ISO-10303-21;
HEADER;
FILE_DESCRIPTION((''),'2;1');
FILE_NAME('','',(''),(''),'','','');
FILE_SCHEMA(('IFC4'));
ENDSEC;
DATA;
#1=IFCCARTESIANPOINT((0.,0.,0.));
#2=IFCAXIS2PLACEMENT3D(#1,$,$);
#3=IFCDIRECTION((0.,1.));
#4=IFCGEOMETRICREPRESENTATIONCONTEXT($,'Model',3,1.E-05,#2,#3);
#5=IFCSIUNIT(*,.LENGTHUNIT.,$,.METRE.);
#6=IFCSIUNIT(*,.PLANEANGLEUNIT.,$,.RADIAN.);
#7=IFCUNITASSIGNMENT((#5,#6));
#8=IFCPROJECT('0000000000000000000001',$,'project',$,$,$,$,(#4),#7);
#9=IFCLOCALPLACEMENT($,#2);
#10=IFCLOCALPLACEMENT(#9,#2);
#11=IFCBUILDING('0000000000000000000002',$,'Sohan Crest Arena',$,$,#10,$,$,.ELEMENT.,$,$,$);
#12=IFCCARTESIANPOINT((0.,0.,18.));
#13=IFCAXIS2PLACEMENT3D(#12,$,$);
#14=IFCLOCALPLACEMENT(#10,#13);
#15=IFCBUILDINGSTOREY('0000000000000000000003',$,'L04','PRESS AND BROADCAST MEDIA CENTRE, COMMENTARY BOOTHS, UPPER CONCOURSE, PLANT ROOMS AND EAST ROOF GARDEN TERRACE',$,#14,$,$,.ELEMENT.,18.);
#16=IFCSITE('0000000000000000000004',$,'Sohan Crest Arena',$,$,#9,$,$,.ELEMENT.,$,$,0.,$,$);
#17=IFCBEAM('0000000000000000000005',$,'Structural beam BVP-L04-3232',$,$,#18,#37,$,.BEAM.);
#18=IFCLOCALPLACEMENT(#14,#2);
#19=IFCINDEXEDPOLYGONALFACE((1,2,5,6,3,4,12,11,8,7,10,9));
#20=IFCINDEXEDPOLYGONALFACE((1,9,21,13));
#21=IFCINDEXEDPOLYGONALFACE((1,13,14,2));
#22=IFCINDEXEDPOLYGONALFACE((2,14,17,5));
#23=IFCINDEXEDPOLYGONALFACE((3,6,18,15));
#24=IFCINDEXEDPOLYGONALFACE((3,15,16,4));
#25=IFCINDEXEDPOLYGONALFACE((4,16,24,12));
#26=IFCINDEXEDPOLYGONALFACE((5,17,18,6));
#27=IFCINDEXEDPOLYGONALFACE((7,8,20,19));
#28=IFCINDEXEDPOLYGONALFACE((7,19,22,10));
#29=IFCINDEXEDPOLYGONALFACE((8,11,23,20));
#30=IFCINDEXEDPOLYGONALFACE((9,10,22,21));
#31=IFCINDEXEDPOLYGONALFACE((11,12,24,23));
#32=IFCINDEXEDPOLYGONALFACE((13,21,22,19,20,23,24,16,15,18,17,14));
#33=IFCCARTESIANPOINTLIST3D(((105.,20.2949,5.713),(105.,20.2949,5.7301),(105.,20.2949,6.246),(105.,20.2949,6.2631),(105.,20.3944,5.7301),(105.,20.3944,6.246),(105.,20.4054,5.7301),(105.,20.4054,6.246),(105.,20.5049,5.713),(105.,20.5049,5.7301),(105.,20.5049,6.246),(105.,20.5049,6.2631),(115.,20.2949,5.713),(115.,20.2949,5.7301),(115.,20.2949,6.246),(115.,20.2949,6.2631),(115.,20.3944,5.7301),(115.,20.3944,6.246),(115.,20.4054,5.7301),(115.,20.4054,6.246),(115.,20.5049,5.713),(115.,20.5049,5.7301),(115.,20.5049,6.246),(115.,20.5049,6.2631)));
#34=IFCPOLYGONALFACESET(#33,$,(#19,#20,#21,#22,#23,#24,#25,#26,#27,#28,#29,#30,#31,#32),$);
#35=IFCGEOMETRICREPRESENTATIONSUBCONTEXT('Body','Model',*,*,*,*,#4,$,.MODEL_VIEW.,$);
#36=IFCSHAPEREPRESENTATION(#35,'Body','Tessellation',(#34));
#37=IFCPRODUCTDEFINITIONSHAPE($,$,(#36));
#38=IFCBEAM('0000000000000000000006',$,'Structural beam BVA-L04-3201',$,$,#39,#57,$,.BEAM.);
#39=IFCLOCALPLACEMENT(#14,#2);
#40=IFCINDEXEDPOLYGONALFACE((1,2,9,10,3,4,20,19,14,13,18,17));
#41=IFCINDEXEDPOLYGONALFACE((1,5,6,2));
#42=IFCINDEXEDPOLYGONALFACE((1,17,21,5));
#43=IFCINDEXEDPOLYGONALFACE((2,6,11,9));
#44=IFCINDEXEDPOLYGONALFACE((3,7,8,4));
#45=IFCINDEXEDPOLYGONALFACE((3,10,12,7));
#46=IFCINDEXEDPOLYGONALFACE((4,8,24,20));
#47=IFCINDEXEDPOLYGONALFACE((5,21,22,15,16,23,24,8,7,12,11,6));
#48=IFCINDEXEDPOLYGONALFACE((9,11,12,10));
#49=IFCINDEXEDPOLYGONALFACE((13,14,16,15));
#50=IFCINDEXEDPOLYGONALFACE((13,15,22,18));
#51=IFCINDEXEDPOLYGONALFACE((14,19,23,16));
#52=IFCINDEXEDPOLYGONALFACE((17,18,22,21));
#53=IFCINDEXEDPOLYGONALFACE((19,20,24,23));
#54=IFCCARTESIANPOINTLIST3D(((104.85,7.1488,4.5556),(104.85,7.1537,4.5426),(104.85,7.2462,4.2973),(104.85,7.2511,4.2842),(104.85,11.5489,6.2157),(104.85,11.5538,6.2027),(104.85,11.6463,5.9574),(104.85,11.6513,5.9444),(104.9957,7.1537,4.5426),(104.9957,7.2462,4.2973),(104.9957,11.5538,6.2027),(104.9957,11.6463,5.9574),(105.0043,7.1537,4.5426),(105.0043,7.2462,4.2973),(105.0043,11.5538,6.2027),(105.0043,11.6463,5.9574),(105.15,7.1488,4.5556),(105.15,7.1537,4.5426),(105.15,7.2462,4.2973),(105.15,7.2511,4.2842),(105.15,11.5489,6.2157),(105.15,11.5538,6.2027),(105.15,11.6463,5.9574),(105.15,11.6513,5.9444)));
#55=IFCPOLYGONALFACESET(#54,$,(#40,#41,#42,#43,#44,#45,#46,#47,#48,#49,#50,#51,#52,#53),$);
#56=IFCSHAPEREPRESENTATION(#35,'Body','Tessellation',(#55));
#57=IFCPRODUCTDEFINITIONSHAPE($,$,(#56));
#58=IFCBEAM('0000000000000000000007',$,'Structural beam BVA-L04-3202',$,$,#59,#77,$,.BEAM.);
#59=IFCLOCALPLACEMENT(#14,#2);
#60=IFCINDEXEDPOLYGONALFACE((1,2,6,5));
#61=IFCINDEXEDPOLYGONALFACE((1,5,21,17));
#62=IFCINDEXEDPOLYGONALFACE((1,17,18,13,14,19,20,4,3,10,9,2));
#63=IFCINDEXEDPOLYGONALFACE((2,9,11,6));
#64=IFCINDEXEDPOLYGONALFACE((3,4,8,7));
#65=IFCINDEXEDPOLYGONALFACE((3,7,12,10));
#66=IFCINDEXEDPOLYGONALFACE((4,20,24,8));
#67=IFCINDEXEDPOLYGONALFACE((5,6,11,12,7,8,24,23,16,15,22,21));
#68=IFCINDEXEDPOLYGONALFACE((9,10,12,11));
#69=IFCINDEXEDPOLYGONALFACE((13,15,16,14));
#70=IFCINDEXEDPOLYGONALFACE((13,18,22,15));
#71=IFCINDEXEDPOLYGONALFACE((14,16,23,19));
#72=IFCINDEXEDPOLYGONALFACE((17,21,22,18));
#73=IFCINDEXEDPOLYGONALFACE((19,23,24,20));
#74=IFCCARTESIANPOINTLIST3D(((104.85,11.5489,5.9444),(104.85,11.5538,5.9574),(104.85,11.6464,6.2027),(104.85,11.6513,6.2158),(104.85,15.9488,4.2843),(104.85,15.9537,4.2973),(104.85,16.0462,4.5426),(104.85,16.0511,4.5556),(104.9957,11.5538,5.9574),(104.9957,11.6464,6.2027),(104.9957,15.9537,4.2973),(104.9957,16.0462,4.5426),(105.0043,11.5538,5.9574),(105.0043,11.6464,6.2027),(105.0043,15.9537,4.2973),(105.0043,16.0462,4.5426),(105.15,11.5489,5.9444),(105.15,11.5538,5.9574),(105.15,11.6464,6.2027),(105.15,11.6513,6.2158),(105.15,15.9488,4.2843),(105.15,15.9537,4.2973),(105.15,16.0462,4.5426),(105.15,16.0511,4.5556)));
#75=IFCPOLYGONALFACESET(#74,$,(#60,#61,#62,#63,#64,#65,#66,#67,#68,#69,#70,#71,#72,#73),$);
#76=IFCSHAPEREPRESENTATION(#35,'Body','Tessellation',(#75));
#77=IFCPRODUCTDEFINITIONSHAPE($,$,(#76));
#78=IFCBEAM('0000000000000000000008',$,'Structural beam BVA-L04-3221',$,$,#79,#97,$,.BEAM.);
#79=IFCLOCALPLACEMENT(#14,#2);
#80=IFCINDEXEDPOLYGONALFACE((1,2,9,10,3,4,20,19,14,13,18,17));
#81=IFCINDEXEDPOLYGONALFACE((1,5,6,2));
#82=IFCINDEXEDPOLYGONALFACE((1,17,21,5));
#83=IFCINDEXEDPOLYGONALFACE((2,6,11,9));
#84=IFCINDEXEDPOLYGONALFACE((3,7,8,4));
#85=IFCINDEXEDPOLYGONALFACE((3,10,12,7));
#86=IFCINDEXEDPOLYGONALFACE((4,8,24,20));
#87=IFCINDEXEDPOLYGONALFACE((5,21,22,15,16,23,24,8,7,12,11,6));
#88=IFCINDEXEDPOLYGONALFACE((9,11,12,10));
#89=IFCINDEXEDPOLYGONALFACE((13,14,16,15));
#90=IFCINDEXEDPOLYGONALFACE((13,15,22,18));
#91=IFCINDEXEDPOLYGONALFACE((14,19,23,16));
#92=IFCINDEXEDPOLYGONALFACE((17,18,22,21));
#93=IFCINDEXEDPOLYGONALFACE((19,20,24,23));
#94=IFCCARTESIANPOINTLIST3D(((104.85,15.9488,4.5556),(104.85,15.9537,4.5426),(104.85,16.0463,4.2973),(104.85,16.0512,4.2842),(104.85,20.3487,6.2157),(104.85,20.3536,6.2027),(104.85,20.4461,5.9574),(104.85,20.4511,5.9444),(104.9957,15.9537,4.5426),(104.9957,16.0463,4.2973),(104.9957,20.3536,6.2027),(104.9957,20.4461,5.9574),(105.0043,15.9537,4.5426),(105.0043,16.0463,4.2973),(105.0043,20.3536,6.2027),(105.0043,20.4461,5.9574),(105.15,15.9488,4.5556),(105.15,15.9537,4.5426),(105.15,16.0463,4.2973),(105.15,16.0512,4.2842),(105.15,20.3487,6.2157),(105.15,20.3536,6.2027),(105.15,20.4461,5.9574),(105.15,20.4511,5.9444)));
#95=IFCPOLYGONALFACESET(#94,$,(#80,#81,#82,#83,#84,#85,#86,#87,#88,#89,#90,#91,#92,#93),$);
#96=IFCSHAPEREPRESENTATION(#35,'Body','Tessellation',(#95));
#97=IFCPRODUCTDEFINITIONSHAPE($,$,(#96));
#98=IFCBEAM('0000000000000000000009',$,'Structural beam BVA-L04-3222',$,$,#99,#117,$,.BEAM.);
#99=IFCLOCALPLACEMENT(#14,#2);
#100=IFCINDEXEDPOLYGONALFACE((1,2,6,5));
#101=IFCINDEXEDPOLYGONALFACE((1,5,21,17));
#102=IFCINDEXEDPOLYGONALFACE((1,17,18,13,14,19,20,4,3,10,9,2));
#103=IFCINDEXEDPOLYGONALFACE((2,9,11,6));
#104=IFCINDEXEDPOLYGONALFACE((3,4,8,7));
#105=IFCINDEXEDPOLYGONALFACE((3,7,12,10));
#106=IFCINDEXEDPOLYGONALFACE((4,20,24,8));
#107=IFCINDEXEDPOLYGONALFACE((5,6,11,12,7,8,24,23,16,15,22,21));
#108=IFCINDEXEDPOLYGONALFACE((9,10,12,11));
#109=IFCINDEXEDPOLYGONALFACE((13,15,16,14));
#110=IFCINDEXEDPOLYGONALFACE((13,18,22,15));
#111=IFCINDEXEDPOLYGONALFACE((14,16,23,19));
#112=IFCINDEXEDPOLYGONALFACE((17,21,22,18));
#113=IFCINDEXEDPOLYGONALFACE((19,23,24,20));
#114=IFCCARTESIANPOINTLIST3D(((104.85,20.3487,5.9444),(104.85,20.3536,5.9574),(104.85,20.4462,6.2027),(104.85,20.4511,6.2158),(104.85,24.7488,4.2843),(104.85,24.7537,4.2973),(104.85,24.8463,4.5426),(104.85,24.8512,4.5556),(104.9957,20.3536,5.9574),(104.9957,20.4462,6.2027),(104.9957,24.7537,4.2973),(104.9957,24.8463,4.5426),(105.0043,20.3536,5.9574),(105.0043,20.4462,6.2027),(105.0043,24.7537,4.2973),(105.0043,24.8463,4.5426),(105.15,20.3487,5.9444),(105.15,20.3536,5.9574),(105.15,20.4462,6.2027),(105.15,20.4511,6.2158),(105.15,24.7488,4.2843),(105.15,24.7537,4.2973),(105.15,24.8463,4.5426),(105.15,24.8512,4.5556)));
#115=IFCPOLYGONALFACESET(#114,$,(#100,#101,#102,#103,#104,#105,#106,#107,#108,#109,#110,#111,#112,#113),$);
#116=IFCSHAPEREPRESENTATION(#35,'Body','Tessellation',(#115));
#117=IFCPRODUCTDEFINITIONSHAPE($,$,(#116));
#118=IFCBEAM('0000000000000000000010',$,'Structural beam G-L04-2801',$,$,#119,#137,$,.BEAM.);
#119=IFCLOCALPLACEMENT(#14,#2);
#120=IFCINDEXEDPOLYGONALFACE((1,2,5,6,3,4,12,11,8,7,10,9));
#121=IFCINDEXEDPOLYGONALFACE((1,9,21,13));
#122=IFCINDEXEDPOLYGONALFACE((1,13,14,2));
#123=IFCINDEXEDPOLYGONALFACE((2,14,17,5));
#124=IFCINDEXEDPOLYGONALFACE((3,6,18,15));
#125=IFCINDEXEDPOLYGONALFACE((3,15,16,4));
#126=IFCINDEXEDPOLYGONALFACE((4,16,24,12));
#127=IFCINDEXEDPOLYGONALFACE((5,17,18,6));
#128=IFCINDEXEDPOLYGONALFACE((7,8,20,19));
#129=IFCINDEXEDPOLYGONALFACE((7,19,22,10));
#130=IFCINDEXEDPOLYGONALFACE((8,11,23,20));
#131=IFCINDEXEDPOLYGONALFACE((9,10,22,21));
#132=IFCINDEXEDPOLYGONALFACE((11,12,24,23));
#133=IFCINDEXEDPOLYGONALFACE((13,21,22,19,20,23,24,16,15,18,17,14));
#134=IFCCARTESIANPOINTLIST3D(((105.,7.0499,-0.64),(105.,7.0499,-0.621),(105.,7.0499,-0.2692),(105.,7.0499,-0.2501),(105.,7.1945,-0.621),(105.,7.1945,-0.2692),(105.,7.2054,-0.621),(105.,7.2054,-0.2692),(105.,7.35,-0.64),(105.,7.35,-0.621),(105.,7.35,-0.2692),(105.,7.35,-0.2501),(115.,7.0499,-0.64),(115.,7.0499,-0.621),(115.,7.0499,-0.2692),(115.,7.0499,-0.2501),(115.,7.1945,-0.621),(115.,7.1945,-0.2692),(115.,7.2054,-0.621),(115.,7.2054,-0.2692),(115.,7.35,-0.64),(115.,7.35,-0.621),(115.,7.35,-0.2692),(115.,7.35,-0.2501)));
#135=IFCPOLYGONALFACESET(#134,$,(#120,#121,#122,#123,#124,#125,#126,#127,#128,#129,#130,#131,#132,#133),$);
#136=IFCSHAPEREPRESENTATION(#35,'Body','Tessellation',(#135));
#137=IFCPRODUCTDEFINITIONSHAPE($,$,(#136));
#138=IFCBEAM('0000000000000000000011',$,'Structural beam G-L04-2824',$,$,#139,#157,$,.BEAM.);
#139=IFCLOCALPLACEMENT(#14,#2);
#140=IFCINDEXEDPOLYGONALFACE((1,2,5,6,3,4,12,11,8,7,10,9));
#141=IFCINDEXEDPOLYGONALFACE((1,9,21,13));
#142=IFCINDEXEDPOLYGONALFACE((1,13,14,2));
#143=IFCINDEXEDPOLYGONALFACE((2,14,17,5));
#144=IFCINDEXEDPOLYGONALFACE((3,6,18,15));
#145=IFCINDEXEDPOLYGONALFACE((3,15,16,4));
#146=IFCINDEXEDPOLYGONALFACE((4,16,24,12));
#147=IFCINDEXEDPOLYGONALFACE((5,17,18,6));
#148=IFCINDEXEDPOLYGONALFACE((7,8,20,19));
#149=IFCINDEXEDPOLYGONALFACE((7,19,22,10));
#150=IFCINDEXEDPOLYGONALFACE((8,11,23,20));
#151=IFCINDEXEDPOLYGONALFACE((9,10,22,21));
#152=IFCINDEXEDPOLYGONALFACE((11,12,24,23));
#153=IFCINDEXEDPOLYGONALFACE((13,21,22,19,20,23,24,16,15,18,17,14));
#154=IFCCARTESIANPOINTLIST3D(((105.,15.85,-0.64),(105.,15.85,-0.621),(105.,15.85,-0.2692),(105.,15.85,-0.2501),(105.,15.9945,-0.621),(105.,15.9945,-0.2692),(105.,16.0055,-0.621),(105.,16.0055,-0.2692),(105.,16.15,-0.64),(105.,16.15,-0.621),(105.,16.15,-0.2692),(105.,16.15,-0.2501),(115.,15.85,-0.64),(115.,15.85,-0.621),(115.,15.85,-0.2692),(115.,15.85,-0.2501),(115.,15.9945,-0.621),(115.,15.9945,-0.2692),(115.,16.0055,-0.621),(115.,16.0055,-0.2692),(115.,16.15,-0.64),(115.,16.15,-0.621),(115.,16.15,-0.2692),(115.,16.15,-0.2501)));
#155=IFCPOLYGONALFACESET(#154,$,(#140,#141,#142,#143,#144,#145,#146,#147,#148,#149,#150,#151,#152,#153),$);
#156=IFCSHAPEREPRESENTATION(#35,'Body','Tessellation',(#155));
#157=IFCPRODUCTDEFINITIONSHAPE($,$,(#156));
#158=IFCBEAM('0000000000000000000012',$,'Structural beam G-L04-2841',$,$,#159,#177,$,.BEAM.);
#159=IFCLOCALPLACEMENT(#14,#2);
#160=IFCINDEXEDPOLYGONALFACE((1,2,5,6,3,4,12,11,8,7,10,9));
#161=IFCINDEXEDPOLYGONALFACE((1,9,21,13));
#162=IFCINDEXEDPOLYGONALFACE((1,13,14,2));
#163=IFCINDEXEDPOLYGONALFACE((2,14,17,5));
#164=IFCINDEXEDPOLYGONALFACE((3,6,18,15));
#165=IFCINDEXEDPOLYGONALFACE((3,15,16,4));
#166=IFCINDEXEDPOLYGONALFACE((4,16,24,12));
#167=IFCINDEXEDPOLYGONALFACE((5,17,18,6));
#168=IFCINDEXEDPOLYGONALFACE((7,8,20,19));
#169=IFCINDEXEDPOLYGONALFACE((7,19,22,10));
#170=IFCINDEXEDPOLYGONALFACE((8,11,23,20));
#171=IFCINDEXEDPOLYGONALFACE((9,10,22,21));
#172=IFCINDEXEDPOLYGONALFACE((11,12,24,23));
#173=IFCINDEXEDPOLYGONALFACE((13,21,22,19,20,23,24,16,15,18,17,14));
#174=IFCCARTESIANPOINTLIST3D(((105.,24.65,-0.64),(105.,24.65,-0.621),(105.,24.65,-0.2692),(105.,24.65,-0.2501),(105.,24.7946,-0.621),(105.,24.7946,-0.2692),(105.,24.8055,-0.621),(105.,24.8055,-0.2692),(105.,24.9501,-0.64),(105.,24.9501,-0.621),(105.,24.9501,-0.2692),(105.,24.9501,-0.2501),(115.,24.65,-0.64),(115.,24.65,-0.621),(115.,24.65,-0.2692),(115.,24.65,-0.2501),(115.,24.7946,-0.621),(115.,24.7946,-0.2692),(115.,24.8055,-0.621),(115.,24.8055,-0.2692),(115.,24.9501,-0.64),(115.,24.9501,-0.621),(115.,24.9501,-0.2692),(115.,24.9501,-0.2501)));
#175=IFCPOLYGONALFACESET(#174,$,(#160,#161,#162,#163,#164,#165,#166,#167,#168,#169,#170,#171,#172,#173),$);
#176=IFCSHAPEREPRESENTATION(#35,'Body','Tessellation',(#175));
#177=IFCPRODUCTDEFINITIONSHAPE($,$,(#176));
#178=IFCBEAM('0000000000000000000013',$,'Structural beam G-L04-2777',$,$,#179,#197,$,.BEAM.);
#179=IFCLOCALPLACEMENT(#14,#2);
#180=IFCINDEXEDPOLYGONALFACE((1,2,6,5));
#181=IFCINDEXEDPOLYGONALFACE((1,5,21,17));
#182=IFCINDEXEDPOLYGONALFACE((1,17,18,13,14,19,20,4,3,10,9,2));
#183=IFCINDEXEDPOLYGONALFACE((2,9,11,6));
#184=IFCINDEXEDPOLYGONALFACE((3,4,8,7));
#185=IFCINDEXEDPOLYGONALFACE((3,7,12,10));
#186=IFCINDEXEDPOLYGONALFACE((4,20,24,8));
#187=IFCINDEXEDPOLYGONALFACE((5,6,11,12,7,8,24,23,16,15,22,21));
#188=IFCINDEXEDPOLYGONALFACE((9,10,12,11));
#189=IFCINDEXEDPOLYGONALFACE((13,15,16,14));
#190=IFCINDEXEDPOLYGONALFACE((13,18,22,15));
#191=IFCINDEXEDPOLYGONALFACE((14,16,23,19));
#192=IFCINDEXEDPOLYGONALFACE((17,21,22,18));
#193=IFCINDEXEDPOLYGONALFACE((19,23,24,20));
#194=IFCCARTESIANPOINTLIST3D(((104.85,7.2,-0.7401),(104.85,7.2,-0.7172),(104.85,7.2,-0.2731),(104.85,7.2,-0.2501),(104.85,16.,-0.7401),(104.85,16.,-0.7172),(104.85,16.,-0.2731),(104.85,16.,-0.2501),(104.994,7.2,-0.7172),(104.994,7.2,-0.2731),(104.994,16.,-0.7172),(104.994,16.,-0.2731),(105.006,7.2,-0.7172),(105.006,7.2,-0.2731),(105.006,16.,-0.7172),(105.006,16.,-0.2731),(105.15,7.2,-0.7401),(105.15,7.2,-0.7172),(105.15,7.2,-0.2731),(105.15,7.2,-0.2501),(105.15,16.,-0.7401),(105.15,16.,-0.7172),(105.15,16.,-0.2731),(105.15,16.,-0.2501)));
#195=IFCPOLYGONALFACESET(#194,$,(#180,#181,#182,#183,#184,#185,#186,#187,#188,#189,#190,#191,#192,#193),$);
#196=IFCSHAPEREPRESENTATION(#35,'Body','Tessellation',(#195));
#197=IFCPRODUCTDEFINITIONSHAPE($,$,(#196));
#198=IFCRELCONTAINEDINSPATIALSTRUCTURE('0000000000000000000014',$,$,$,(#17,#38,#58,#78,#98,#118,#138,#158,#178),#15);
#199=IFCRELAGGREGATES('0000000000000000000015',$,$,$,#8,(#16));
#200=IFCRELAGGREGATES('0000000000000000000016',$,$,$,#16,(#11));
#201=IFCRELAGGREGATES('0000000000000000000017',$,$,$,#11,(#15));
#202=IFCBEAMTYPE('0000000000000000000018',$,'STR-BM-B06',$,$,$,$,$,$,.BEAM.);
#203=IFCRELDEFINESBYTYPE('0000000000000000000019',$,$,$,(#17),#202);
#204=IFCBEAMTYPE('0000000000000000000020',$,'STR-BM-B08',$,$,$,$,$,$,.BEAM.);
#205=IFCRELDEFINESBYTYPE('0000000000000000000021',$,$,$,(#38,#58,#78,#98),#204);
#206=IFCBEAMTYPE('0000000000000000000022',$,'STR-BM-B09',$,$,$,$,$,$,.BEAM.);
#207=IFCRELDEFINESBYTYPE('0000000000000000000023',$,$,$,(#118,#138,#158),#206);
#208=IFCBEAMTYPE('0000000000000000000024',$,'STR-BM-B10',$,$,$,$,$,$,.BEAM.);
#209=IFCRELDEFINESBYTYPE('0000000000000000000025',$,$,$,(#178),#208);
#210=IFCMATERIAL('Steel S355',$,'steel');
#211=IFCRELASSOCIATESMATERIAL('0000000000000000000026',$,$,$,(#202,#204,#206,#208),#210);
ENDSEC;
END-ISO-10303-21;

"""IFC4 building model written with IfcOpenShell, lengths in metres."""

from ifc_helpers import new_model, si_unit, direction, frame, origin, origin_2d, place, context, subcontext, project, spatial, i_section, extrude, material, material_profile, profile_set, type_object, element, save


model = new_model("IFC4")

# Units and contexts
model_context = context("Model", 3, precision=1e-05, world=origin(), true_north=direction((0.0, 1.0)))
body_context = subcontext(model_context, "Body", "Model", "MODEL_VIEW")
ifc_project = project(units=[si_unit("LENGTHUNIT", "METRE"), si_unit("PLANEANGLEUNIT", "RADIAN")], contexts=[model_context])

# Site, building, storey
site_placement = place(None, origin())
site = spatial("IfcSite", under=ifc_project, at=site_placement, Name="Sohan Crest Arena", CompositionType="ELEMENT", RefElevation=0.0)
building_placement = place(site_placement, origin())
building = spatial("IfcBuilding", under=site, at=building_placement, Name="Sohan Crest Arena", CompositionType="ELEMENT")
storey_placement = place(building_placement, frame((0.0, 0.0, 18.0)))
storey = spatial("IfcBuildingStorey", under=building, at=storey_placement, Name="L04", Description="PRESS AND BROADCAST MEDIA CENTRE, COMMENTARY BOOTHS, UPPER CONCOURSE, PLANT ROOMS AND EAST ROOF GARDEN TERRACE", CompositionType="ELEMENT", Elevation=18.0)

# Shared definitions
ifc_material_1 = material(Name="Steel S355", Category="steel")

# Beams
ifc_material_profile_1 = material_profile(ifc_material_1, i_section(OverallWidth=0.21, OverallDepth=0.55, WebThickness=0.011, FlangeThickness=0.0171, at=origin_2d()), Name="IPE 550")
ifc_profile_set_1 = profile_set([ifc_material_profile_1], Name="Steel S355")
beam_type_1 = type_object("IfcBeamType", Name="STR-BM-B06", PredefinedType="BEAM", material=ifc_profile_set_1)
for number, where, z_axis, x_axis, name in (
    (1, (105.0, 20.3999, 5.988), (1.0, 0.0, 0.0), (0.0, 1.0, 0.0), "Structural beam BVP-L04-3232"),
):
    element("IfcBeam", number, at=place(storey_placement, frame(where, z_axis=z_axis, x_axis=x_axis)), inside=storey, type_object=beam_type_1, Name=name, PredefinedType="BEAM", context=body_context, shape_type="SweptSolid", body=[
        extrude(i_section(OverallWidth=0.21, OverallDepth=0.55, WebThickness=0.011, FlangeThickness=0.0171, at=origin_2d()), origin(), (0.0, 0.0, 1.0), 10.0),
    ])
ifc_material_profile_2 = material_profile(ifc_material_1, i_section(OverallWidth=0.3, OverallDepth=0.29, WebThickness=0.0085, FlangeThickness=0.0139, at=origin_2d()), Name="HEA 300")
ifc_profile_set_2 = profile_set([ifc_material_profile_2], Name="Steel S355")
beam_type_2 = type_object("IfcBeamType", Name="STR-BM-B08", PredefinedType="BEAM", material=ifc_profile_set_2)
beam_1_placement = place(storey_placement, frame((105.0, 7.2, 4.4199), z_axis=(0.0, 0.935621, 0.353006), x_axis=(-1.0, 0.0, 0.0)))
element("IfcBeam", 2, at=beam_1_placement, inside=storey, type_object=beam_type_2, Name="Structural beam BVA-L04-3201", PredefinedType="BEAM", context=body_context, shape_type="SweptSolid", body=[
    extrude(i_section(OverallWidth=0.3, OverallDepth=0.29, WebThickness=0.0085, FlangeThickness=0.0139, at=origin_2d()), origin(), (0.0, 0.0, 1.0), 4.7029),
])
for number, where, z_axis, x_axis, name in (
    (3, (105.0, 11.6001, 6.0801), (0.0, 0.935615, -0.353023), (-1.0, 0.0, 0.0), "Structural beam BVA-L04-3202"),
    (4, (105.0, 16.0, 4.4199), (0.0, 0.935615, 0.353023), (-1.0, 0.0, 0.0), "Structural beam BVA-L04-3221"),
):
    element("IfcBeam", number, at=place(storey_placement, frame(where, z_axis=z_axis, x_axis=x_axis)), inside=storey, type_object=beam_type_2, Name=name, PredefinedType="BEAM", context=body_context, shape_type="SweptSolid", body=[
        extrude(i_section(OverallWidth=0.3, OverallDepth=0.29, WebThickness=0.0085, FlangeThickness=0.0139, at=origin_2d()), origin(), (0.0, 0.0, 1.0), 4.7026),
    ])
beam_2_placement = place(storey_placement, frame((105.0, 20.3999, 6.0801), z_axis=(0.0, 0.935621, -0.353006), x_axis=(-1.0, 0.0, 0.0)))
element("IfcBeam", 5, at=beam_2_placement, inside=storey, type_object=beam_type_2, Name="Structural beam BVA-L04-3222", PredefinedType="BEAM", context=body_context, shape_type="SweptSolid", body=[
    extrude(i_section(OverallWidth=0.3, OverallDepth=0.29, WebThickness=0.0085, FlangeThickness=0.0139, at=origin_2d()), origin(), (0.0, 0.0, 1.0), 4.7029),
])
ifc_material_profile_3 = material_profile(ifc_material_1, i_section(OverallWidth=0.3, OverallDepth=0.3899, WebThickness=0.011, FlangeThickness=0.019, at=origin_2d()), Name="HEA 400")
ifc_profile_set_3 = profile_set([ifc_material_profile_3], Name="Steel S355")
beam_type_3 = type_object("IfcBeamType", Name="STR-BM-B09", PredefinedType="BEAM", material=ifc_profile_set_3)
for number, where, z_axis, x_axis, name in (
    (6, (105.0, 7.2, -0.4451), (1.0, 0.0, 0.0), (0.0, 1.0, 0.0), "Structural beam G-L04-2801"),
    (7, (105.0, 16.0, -0.4451), (1.0, 0.0, 0.0), (0.0, 1.0, 0.0), "Structural beam G-L04-2824"),
    (8, (105.0, 24.8, -0.4451), (1.0, 0.0, 0.0), (0.0, 1.0, 0.0), "Structural beam G-L04-2841"),
):
    element("IfcBeam", number, at=place(storey_placement, frame(where, z_axis=z_axis, x_axis=x_axis)), inside=storey, type_object=beam_type_3, Name=name, PredefinedType="BEAM", context=body_context, shape_type="SweptSolid", body=[
        extrude(i_section(OverallWidth=0.3, OverallDepth=0.3899, WebThickness=0.011, FlangeThickness=0.019, at=origin_2d()), origin(), (0.0, 0.0, 1.0), 10.0),
    ])
ifc_material_profile_4 = material_profile(ifc_material_1, i_section(OverallWidth=0.3, OverallDepth=0.49, WebThickness=0.012, FlangeThickness=0.0229, at=origin_2d()), Name="HEA 500")
ifc_profile_set_4 = profile_set([ifc_material_profile_4], Name="Steel S355")
beam_type_4 = type_object("IfcBeamType", Name="STR-BM-B10", PredefinedType="BEAM", material=ifc_profile_set_4)
for number, where, z_axis, x_axis, name in (
    (9, (105.0, 7.2, -0.4951), (0.0, 1.0, 0.0), (-1.0, 0.0, 0.0), "Structural beam G-L04-2777"),
):
    element("IfcBeam", number, at=place(storey_placement, frame(where, z_axis=z_axis, x_axis=x_axis)), inside=storey, type_object=beam_type_4, Name=name, PredefinedType="BEAM", context=body_context, shape_type="SweptSolid", body=[
        extrude(i_section(OverallWidth=0.3, OverallDepth=0.49, WebThickness=0.012, FlangeThickness=0.0229, at=origin_2d()), origin(), (0.0, 0.0, 1.0), 8.8),
    ])

save(model, "model.ifc")
